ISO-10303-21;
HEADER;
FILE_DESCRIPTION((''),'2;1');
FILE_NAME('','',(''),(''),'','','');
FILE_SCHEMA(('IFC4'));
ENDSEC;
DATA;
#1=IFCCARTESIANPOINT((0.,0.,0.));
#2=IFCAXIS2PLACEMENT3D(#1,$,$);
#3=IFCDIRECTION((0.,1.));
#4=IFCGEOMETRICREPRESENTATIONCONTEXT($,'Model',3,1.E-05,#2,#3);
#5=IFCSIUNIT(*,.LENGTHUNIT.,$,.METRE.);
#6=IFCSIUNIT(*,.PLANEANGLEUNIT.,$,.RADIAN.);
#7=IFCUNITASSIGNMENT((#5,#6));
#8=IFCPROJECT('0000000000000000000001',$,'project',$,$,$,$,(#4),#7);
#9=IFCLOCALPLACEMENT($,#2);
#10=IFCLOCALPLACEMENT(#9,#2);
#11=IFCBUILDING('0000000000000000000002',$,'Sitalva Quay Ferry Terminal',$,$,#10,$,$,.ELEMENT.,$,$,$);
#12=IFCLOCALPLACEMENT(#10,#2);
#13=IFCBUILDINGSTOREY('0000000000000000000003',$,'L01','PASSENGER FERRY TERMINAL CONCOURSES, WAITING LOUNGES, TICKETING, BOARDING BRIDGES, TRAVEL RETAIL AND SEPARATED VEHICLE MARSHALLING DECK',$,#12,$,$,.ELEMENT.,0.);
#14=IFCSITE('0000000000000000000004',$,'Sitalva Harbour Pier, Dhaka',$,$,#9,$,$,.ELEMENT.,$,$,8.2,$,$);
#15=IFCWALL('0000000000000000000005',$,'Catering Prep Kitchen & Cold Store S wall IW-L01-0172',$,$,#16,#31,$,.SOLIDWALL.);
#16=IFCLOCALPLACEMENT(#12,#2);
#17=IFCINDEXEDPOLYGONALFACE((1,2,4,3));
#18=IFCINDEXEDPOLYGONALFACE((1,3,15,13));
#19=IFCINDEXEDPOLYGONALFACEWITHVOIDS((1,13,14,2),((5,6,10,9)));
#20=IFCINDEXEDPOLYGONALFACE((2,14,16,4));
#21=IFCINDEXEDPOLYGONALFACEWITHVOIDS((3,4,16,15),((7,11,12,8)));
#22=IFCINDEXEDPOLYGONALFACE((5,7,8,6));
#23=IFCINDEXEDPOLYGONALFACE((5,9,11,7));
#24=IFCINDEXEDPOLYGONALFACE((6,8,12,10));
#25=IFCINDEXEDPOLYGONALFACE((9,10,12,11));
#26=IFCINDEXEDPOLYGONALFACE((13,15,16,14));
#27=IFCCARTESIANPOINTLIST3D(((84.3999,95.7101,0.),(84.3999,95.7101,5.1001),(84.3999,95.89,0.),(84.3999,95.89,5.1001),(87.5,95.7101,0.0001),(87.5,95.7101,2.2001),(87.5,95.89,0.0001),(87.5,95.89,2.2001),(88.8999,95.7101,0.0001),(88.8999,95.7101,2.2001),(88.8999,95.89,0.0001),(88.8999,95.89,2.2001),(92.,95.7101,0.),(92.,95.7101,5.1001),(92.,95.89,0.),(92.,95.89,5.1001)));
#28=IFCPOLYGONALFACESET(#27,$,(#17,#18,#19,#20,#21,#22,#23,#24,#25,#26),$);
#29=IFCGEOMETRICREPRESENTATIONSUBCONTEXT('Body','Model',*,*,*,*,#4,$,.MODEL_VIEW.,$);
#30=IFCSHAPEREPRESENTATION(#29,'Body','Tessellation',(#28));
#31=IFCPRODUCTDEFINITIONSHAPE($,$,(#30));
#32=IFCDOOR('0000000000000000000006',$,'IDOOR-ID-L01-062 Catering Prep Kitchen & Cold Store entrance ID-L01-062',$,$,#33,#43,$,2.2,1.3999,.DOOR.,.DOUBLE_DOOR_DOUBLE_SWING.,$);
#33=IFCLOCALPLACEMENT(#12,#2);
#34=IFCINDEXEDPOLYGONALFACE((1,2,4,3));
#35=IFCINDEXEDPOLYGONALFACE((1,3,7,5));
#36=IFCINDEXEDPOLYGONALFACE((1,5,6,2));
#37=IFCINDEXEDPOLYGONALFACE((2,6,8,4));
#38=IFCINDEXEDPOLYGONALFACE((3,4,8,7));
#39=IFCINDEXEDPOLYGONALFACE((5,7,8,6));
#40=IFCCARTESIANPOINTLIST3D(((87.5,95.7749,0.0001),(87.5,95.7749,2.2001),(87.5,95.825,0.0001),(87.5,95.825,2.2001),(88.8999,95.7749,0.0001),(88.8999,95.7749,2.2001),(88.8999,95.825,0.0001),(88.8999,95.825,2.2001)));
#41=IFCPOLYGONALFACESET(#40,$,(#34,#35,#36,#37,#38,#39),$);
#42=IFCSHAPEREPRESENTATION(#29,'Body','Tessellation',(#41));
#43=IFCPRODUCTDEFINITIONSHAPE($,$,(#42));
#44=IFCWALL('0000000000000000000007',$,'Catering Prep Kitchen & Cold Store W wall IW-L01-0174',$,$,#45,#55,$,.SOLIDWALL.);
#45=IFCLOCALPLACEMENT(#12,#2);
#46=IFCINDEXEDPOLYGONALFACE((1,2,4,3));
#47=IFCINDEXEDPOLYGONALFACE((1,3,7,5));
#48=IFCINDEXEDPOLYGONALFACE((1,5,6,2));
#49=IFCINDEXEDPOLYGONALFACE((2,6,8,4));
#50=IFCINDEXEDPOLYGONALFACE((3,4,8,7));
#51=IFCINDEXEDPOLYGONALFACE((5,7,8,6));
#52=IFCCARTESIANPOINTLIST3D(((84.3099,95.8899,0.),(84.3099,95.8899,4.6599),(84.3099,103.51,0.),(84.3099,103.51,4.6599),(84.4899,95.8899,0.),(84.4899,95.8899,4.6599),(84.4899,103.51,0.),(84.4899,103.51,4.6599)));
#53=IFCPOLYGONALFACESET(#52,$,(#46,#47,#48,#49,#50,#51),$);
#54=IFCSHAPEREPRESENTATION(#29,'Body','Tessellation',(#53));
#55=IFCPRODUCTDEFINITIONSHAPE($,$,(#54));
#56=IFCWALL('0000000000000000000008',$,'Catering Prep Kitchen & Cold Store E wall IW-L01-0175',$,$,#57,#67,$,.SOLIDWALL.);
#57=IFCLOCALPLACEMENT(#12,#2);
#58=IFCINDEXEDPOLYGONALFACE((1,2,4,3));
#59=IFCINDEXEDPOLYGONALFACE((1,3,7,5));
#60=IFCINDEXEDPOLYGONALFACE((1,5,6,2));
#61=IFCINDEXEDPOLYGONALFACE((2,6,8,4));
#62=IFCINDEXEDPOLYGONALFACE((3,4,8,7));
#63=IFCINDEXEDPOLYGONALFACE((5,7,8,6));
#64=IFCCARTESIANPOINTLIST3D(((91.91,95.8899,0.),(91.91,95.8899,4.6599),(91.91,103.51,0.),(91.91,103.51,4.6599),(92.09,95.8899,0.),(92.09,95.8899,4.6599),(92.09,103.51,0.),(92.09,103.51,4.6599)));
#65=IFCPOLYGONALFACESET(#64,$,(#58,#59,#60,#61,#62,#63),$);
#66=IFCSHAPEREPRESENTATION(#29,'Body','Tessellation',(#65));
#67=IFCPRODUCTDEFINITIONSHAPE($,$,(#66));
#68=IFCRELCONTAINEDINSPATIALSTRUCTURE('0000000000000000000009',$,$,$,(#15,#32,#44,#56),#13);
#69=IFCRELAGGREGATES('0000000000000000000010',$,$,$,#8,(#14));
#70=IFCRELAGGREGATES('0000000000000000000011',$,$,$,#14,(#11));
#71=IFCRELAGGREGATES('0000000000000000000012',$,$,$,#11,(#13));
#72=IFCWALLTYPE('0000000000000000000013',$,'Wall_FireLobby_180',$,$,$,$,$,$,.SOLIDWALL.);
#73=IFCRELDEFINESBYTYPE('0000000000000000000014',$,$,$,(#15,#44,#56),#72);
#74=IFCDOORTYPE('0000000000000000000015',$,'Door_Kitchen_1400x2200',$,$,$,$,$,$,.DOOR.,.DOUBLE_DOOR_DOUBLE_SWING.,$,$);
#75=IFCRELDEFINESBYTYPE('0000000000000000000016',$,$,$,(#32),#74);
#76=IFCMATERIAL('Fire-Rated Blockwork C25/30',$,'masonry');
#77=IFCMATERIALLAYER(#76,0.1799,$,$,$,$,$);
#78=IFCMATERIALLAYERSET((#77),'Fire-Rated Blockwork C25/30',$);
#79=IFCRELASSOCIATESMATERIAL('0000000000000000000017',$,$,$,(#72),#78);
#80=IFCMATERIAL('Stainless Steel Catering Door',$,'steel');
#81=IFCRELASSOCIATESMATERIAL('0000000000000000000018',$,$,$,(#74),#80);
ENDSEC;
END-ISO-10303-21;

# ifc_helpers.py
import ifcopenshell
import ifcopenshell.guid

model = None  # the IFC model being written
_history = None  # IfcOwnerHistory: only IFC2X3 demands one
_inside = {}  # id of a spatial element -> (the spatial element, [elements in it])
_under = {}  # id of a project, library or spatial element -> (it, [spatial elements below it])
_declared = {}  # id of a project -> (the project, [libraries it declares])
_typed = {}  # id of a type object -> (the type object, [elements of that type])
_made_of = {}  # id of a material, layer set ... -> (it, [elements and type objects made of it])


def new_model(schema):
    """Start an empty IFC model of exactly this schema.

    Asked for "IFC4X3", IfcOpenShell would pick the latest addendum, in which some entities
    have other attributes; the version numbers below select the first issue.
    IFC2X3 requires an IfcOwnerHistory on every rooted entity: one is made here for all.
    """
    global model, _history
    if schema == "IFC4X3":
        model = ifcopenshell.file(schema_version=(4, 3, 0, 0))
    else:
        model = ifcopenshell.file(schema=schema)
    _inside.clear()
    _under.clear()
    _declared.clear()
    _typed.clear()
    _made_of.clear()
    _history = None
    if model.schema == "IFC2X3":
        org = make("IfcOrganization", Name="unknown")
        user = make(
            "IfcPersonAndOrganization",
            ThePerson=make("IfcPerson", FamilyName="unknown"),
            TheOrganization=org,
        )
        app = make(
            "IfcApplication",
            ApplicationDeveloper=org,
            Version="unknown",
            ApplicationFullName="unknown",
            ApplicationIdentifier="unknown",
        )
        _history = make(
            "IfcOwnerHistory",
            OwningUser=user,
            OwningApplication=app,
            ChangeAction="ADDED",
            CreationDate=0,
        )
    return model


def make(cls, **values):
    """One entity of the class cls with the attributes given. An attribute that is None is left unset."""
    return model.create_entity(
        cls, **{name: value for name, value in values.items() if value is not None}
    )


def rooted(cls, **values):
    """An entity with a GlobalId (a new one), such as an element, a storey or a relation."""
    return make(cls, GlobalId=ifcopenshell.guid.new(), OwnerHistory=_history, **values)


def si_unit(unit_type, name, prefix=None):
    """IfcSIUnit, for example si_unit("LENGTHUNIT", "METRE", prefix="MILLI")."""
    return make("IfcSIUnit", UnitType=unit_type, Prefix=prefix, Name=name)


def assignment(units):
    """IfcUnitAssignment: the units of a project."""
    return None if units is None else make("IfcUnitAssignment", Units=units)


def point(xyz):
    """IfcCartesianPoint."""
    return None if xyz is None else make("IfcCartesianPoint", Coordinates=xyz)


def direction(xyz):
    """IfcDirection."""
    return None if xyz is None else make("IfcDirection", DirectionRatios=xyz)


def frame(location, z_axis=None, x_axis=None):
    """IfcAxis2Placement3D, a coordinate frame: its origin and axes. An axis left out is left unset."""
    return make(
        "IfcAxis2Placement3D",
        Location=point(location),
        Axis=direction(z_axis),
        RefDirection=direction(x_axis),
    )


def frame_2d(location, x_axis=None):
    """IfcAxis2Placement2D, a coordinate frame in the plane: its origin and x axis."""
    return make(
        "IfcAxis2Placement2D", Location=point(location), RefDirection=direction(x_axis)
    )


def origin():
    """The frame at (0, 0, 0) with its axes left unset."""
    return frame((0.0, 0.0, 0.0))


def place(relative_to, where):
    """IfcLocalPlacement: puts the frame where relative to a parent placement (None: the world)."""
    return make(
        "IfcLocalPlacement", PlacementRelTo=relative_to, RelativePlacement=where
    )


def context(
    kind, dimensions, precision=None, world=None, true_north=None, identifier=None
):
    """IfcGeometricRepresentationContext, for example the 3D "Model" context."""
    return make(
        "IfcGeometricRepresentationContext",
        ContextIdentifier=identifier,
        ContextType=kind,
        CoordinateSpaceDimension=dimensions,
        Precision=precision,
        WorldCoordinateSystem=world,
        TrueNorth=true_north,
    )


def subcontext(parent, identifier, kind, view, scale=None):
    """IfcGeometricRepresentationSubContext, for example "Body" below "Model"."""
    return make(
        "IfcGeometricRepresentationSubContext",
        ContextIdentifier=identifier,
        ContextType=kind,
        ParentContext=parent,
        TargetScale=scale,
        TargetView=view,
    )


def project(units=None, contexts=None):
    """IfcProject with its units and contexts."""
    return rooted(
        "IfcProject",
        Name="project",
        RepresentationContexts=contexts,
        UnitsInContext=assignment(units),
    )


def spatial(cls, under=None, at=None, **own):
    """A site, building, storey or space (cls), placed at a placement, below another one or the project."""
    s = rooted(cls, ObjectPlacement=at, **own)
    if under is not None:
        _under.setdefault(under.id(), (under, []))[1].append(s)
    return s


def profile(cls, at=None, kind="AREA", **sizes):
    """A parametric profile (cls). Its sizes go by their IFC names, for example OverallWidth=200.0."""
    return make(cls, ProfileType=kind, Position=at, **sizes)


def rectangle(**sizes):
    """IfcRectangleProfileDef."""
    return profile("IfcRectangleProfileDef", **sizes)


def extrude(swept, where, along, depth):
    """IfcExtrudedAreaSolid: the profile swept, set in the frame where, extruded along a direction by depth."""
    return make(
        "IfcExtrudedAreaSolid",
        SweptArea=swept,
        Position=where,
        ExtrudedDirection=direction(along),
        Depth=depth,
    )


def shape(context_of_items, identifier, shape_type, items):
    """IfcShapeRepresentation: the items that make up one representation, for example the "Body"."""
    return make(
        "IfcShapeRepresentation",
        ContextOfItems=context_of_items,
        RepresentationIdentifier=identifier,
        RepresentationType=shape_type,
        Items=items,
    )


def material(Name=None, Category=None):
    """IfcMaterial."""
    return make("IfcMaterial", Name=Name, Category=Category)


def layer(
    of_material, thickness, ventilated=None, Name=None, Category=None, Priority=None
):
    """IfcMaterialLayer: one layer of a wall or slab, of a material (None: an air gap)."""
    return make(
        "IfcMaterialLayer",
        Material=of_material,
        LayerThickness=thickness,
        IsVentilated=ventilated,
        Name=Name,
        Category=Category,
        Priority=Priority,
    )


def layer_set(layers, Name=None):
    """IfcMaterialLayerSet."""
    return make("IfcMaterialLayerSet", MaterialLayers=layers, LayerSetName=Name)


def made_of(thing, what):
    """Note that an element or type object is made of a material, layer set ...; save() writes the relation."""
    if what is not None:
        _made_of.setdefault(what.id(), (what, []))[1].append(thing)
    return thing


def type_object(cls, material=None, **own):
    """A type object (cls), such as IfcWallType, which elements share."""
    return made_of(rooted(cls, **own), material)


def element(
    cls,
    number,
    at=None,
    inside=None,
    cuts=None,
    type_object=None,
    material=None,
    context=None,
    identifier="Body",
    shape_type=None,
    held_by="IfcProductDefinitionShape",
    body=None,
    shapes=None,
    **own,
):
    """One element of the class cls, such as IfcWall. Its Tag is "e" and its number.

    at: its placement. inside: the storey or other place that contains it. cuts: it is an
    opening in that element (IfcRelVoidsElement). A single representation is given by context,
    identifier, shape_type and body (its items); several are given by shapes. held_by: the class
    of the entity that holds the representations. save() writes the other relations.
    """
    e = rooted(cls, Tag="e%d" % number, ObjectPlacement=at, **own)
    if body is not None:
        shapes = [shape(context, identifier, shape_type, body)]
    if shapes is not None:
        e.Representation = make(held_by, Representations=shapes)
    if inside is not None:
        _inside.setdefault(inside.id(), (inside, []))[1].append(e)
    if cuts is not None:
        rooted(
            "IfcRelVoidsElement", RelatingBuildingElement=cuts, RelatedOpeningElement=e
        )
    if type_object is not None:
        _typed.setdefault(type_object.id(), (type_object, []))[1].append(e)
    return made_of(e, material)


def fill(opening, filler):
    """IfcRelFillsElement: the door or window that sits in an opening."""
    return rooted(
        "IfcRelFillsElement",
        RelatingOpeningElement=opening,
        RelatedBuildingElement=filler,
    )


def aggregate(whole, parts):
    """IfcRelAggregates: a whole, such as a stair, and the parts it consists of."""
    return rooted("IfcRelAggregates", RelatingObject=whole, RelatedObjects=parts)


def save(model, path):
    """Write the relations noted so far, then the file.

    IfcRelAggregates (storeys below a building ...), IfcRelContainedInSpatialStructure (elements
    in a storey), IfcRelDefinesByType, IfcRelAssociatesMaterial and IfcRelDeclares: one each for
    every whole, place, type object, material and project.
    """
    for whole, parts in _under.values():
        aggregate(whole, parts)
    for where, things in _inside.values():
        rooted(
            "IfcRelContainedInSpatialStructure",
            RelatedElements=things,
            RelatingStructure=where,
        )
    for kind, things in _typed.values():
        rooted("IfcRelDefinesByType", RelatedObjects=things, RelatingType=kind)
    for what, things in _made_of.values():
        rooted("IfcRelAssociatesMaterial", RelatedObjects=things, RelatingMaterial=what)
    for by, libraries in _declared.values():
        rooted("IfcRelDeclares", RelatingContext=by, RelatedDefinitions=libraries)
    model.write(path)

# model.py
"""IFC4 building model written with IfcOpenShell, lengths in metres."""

from ifc_helpers import new_model, si_unit, direction, frame, frame_2d, origin, place, context, subcontext, project, spatial, rectangle, extrude, material, layer, layer_set, type_object, element, fill, save


model = new_model("IFC4")

# Units and contexts
model_context = context("Model", 3, precision=1e-05, world=origin(), true_north=direction((0.0, 1.0)))
body_context = subcontext(model_context, "Body", "Model", "MODEL_VIEW")
ifc_project = project(units=[si_unit("LENGTHUNIT", "METRE"), si_unit("PLANEANGLEUNIT", "RADIAN")], contexts=[model_context])

# Site, building, storey
site_placement = place(None, origin())
site = spatial("IfcSite", under=ifc_project, at=site_placement, Name="Sitalva Harbour Pier, Dhaka", CompositionType="ELEMENT", RefElevation=8.2)
building_placement = place(site_placement, origin())
building = spatial("IfcBuilding", under=site, at=building_placement, Name="Sitalva Quay Ferry Terminal", CompositionType="ELEMENT")
storey_placement = place(building_placement, origin())
storey = spatial("IfcBuildingStorey", under=building, at=storey_placement, Name="L01", Description="PASSENGER FERRY TERMINAL CONCOURSES, WAITING LOUNGES, TICKETING, BOARDING BRIDGES, TRAVEL RETAIL AND SEPARATED VEHICLE MARSHALLING DECK", CompositionType="ELEMENT", Elevation=0.0)

# Wall, opening, door
ifc_material_1 = material(Name="Fire-Rated Blockwork C25/30", Category="masonry")
ifc_layer = layer(ifc_material_1, 0.1799)
ifc_layer_set = layer_set([ifc_layer], Name="Fire-Rated Blockwork C25/30")
wall_type = type_object("IfcWallType", Name="Wall_FireLobby_180", PredefinedType="SOLIDWALL", material=ifc_layer_set)
wall_placement = place(storey_placement, frame((84.3999, 95.8, 0.0), z_axis=(0.0, 0.0, 1.0), x_axis=(1.0, 0.0, 0.0)))
wall = element("IfcWall", 1, at=wall_placement, inside=storey, type_object=wall_type, Name="Catering Prep Kitchen & Cold Store S wall IW-L01-0172", PredefinedType="SOLIDWALL", context=body_context, shape_type="SweptSolid", body=[
    extrude(rectangle(XDim=7.6001, YDim=0.1799, at=frame_2d((3.8, 0.0))), origin(), (0.0, 0.0, 1.0), 5.1001),
])
opening_placement = place(wall_placement, frame((3.1001, 0.0, 0.0)))
opening = element("IfcOpeningElement", 2, at=opening_placement, cuts=wall, PredefinedType="OPENING", context=body_context, shape_type="SweptSolid", body=[
    extrude(rectangle(XDim=1.3999, YDim=2.2, at=frame_2d((0.7, 1.1001))), frame((0.0, 0.0999, 0.0), z_axis=(0.0, -1.0, 0.0), x_axis=(1.0, 0.0, 0.0)), (0.0, 0.0, 1.0), 0.2),
])
ifc_material_2 = material(Name="Stainless Steel Catering Door", Category="steel")
door_type = type_object("IfcDoorType", Name="Door_Kitchen_1400x2200", OperationType="DOUBLE_DOOR_DOUBLE_SWING", PredefinedType="DOOR", material=ifc_material_2)
door_placement = place(opening_placement, origin())
door = element("IfcDoor", 3, at=door_placement, inside=storey, type_object=door_type, Name="IDOOR-ID-L01-062 Catering Prep Kitchen & Cold Store entrance ID-L01-062", OperationType="DOUBLE_DOOR_DOUBLE_SWING", OverallHeight=2.2, OverallWidth=1.3999, PredefinedType="DOOR", context=body_context, shape_type="SweptSolid", body=[
    extrude(rectangle(XDim=1.3999, YDim=2.2, at=frame_2d((0.7, 1.1001))), frame((0.0, 0.0249, 0.0), z_axis=(0.0, -1.0, 0.0), x_axis=(1.0, 0.0, 0.0)), (0.0, 0.0, 1.0), 0.05),
])
fill(opening, door)

# Walls
for number, where, z_axis, x_axis, name in (
    (4, (84.3999, 95.8899, 0.0), (0.0, 0.0, 1.0), (0.0, 1.0, 0.0), "Catering Prep Kitchen & Cold Store W wall IW-L01-0174"),
    (5, (92.0, 95.8899, 0.0), (0.0, 0.0, 1.0), (0.0, 1.0, 0.0), "Catering Prep Kitchen & Cold Store E wall IW-L01-0175"),
):
    element("IfcWall", number, at=place(storey_placement, frame(where, z_axis=z_axis, x_axis=x_axis)), inside=storey, type_object=wall_type, Name=name, PredefinedType="SOLIDWALL", context=body_context, shape_type="SweptSolid", body=[
        extrude(rectangle(XDim=7.6201, YDim=0.1799, at=frame_2d((3.8101, 0.0))), origin(), (0.0, 0.0, 1.0), 4.6599),
    ])

save(model, "model.ifc")
